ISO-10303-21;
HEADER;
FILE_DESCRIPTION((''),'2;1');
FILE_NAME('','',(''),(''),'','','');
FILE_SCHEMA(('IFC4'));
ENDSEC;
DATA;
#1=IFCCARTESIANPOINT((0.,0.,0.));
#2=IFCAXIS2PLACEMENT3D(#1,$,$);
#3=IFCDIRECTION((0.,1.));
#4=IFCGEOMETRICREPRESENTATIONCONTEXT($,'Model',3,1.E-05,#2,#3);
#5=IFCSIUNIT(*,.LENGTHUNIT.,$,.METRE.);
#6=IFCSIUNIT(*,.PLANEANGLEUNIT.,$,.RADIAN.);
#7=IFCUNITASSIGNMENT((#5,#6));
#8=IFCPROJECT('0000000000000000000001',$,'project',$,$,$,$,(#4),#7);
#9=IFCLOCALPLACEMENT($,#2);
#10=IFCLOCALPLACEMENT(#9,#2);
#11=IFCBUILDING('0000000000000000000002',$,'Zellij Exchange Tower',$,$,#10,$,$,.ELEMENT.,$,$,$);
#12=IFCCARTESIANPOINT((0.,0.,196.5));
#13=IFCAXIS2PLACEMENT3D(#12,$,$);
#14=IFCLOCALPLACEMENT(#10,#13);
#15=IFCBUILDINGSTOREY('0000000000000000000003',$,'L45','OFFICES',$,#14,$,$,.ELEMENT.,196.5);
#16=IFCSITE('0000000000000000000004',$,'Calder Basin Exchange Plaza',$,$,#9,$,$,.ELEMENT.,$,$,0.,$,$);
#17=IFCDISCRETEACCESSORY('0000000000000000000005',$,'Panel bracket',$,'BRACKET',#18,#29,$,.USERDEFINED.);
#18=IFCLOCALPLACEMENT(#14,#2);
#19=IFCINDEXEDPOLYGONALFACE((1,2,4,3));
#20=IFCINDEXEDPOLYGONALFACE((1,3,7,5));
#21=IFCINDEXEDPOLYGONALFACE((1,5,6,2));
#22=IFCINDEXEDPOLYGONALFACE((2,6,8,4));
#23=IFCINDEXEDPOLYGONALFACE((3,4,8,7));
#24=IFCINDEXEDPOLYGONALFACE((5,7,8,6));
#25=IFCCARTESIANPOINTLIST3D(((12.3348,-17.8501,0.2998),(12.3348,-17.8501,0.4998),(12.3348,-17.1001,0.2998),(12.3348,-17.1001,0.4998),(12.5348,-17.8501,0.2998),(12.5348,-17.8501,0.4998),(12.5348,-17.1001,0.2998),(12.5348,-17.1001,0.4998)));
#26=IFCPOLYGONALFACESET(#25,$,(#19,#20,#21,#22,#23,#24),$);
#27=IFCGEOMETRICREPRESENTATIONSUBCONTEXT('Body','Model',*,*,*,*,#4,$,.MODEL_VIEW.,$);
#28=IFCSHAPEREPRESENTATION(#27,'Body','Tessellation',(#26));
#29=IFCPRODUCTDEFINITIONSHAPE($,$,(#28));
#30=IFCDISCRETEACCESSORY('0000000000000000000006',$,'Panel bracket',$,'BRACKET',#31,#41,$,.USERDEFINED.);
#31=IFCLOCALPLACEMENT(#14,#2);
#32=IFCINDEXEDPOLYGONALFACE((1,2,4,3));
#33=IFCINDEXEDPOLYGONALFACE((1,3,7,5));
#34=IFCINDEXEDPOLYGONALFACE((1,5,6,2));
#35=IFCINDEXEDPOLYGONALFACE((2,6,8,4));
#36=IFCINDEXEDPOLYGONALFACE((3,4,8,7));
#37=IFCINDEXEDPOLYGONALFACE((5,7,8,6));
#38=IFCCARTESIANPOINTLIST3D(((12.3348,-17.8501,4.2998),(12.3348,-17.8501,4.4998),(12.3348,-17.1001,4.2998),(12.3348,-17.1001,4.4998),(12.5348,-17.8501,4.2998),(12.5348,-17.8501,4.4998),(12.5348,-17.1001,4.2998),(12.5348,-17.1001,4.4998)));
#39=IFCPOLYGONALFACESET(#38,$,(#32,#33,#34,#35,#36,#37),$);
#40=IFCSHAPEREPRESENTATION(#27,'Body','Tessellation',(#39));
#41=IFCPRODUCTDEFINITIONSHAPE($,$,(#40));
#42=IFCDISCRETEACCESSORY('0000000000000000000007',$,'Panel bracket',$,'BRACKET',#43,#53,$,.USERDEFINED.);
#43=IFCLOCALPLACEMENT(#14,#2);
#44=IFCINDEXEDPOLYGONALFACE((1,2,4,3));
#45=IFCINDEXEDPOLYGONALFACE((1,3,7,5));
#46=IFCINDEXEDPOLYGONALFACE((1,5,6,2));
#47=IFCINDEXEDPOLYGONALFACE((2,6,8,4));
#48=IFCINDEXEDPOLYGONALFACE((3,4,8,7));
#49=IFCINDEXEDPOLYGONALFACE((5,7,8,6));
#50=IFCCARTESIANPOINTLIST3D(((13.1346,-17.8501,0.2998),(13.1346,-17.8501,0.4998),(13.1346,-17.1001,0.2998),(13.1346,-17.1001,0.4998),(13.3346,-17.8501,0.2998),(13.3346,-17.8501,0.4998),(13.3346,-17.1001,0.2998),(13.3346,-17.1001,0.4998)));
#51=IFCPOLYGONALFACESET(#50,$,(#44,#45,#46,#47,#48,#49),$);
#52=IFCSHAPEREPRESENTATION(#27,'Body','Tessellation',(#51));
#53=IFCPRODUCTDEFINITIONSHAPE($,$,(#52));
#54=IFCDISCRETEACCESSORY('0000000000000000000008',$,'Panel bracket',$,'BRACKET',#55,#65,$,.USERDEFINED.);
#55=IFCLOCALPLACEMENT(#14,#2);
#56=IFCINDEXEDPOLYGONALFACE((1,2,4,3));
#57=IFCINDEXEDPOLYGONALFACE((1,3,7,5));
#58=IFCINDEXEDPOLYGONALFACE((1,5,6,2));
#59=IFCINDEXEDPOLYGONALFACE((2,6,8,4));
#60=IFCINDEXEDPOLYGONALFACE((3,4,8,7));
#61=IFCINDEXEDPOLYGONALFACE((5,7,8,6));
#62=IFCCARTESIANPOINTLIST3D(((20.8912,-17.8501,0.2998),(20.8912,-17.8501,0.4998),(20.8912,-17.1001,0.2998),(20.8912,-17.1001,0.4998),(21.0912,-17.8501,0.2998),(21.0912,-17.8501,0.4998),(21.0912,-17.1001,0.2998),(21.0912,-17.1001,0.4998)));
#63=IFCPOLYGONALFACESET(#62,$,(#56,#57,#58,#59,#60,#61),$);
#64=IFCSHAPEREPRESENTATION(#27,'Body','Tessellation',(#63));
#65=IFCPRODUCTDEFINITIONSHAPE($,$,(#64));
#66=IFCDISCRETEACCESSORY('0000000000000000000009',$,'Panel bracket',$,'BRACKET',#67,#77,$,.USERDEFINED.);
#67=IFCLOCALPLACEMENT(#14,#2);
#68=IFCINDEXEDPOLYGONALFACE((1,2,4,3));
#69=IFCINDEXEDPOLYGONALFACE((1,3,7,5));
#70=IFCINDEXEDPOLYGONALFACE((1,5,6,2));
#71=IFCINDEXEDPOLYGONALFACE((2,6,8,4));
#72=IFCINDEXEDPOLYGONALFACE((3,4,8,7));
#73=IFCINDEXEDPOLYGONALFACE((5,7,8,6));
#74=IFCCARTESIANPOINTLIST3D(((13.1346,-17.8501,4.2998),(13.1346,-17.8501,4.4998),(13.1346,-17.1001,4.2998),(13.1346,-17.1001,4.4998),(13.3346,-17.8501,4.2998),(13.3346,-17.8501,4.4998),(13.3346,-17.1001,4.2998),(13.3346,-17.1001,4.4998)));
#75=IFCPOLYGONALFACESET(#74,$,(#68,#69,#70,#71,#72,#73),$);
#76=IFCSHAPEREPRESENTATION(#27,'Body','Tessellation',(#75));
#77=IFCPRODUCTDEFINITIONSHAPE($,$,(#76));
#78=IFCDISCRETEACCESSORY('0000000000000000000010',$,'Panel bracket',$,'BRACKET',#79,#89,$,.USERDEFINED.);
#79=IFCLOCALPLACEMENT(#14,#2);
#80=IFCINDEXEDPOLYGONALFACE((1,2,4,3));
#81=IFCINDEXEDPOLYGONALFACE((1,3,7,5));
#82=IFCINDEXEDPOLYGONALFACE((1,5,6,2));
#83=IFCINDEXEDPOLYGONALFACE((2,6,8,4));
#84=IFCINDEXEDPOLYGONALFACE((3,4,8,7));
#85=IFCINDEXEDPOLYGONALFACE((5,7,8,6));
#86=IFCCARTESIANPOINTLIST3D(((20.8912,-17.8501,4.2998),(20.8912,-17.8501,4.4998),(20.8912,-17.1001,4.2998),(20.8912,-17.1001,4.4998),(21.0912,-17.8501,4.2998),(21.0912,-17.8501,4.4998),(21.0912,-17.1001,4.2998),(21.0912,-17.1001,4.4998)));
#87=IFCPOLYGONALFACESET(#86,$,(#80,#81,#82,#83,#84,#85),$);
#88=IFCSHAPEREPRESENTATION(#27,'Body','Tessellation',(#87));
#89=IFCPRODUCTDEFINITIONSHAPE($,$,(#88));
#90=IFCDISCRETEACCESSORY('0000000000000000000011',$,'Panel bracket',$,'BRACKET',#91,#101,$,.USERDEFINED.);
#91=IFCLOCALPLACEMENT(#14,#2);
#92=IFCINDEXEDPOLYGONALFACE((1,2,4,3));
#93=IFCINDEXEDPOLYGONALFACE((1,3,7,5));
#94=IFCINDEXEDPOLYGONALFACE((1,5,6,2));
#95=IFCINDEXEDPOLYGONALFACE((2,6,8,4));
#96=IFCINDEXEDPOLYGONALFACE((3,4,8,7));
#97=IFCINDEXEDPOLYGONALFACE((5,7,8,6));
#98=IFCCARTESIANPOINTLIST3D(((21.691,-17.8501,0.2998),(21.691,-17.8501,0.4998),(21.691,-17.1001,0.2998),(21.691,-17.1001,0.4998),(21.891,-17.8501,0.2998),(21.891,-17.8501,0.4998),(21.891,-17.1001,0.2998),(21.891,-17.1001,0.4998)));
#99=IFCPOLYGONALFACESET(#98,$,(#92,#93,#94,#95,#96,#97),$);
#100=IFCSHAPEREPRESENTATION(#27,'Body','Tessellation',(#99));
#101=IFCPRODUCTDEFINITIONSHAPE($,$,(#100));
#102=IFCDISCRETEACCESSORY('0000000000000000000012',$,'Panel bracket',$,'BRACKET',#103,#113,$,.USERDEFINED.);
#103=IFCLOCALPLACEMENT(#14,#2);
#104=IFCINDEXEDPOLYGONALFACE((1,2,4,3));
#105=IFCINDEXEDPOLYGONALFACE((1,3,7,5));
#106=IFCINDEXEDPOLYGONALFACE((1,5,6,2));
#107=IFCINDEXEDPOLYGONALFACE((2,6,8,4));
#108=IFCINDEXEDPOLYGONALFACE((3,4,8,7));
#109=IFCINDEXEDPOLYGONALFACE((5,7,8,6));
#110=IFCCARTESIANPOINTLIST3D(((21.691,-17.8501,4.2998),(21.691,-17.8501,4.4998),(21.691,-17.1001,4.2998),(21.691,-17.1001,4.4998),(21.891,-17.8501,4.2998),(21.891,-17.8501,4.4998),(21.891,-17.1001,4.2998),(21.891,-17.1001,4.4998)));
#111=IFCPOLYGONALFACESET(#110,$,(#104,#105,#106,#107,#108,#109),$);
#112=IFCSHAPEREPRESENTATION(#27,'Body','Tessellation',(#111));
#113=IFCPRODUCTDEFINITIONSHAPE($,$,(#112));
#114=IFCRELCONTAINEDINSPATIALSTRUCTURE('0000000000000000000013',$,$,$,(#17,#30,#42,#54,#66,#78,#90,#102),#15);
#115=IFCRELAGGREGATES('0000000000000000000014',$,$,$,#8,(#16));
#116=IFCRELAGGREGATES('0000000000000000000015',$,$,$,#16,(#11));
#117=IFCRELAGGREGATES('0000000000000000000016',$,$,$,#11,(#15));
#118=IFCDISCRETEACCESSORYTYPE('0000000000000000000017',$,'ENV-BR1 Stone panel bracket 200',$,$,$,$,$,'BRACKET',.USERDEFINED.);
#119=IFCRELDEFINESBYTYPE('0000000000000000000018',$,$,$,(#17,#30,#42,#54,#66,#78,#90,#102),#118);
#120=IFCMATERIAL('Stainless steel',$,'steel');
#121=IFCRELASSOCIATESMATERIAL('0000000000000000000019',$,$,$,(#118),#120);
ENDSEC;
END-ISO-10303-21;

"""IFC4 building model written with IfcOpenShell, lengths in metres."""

from ifc_helpers import new_model, si_unit, direction, frame, origin, origin_2d, place, context, subcontext, project, spatial, rectangle, extrude, material, type_object, element, save


model = new_model("IFC4")

# Units and contexts
model_context = context("Model", 3, precision=1e-05, world=origin(), true_north=direction((0.0, 1.0)))
body_context = subcontext(model_context, "Body", "Model", "MODEL_VIEW")
ifc_project = project(units=[si_unit("LENGTHUNIT", "METRE"), si_unit("PLANEANGLEUNIT", "RADIAN")], contexts=[model_context])

# Site, building, storey
site_placement = place(None, origin())
site = spatial("IfcSite", under=ifc_project, at=site_placement, Name="Calder Basin Exchange Plaza", CompositionType="ELEMENT", RefElevation=0.0)
building_placement = place(site_placement, origin())
building = spatial("IfcBuilding", under=site, at=building_placement, Name="Zellij Exchange Tower", CompositionType="ELEMENT")
storey_placement = place(building_placement, frame((0.0, 0.0, 196.5)))
storey = spatial("IfcBuildingStorey", under=building, at=storey_placement, Name="L45", Description="OFFICES", CompositionType="ELEMENT", Elevation=196.5)

# Shared definitions
ifc_material_1 = material(Name="Stainless steel", Category="steel")

# Discrete accessories
discrete_accessory_type = type_object("IfcDiscreteAccessoryType", Name="ENV-BR1 Stone panel bracket 200", ElementType="BRACKET", PredefinedType="USERDEFINED", material=ifc_material_1)
for number, where, z_axis, x_axis, name in (
    (1, (12.4348, -17.4751, 0.2998), (0.0, 0.0, 1.0), (1.0, 0.0, 0.0), "Panel bracket"),
    (2, (12.4348, -17.4751, 4.2998), (0.0, 0.0, 1.0), (1.0, 0.0, 0.0), "Panel bracket"),
    (3, (13.2346, -17.4751, 0.2998), (0.0, 0.0, 1.0), (1.0, 0.0, 0.0), "Panel bracket"),
    (4, (20.9912, -17.4751, 0.2998), (0.0, 0.0, 1.0), (1.0, 0.0, 0.0), "Panel bracket"),
    (5, (13.2346, -17.4751, 4.2998), (0.0, 0.0, 1.0), (1.0, 0.0, 0.0), "Panel bracket"),
    (6, (20.9912, -17.4751, 4.2998), (0.0, 0.0, 1.0), (1.0, 0.0, 0.0), "Panel bracket"),
    (7, (21.791, -17.4751, 0.2998), (0.0, 0.0, 1.0), (1.0, 0.0, 0.0), "Panel bracket"),
    (8, (21.791, -17.4751, 4.2998), (0.0, 0.0, 1.0), (1.0, 0.0, 0.0), "Panel bracket"),
):
    element("IfcDiscreteAccessory", number, at=place(storey_placement, frame(where, z_axis=z_axis, x_axis=x_axis)), inside=storey, type_object=discrete_accessory_type, Name=name, ObjectType="BRACKET", PredefinedType="USERDEFINED", context=body_context, shape_type="SweptSolid", body=[
        extrude(rectangle(XDim=0.2, YDim=0.75, at=origin_2d()), origin(), (0.0, 0.0, 1.0), 0.2),
    ])

save(model, "model.ifc")
